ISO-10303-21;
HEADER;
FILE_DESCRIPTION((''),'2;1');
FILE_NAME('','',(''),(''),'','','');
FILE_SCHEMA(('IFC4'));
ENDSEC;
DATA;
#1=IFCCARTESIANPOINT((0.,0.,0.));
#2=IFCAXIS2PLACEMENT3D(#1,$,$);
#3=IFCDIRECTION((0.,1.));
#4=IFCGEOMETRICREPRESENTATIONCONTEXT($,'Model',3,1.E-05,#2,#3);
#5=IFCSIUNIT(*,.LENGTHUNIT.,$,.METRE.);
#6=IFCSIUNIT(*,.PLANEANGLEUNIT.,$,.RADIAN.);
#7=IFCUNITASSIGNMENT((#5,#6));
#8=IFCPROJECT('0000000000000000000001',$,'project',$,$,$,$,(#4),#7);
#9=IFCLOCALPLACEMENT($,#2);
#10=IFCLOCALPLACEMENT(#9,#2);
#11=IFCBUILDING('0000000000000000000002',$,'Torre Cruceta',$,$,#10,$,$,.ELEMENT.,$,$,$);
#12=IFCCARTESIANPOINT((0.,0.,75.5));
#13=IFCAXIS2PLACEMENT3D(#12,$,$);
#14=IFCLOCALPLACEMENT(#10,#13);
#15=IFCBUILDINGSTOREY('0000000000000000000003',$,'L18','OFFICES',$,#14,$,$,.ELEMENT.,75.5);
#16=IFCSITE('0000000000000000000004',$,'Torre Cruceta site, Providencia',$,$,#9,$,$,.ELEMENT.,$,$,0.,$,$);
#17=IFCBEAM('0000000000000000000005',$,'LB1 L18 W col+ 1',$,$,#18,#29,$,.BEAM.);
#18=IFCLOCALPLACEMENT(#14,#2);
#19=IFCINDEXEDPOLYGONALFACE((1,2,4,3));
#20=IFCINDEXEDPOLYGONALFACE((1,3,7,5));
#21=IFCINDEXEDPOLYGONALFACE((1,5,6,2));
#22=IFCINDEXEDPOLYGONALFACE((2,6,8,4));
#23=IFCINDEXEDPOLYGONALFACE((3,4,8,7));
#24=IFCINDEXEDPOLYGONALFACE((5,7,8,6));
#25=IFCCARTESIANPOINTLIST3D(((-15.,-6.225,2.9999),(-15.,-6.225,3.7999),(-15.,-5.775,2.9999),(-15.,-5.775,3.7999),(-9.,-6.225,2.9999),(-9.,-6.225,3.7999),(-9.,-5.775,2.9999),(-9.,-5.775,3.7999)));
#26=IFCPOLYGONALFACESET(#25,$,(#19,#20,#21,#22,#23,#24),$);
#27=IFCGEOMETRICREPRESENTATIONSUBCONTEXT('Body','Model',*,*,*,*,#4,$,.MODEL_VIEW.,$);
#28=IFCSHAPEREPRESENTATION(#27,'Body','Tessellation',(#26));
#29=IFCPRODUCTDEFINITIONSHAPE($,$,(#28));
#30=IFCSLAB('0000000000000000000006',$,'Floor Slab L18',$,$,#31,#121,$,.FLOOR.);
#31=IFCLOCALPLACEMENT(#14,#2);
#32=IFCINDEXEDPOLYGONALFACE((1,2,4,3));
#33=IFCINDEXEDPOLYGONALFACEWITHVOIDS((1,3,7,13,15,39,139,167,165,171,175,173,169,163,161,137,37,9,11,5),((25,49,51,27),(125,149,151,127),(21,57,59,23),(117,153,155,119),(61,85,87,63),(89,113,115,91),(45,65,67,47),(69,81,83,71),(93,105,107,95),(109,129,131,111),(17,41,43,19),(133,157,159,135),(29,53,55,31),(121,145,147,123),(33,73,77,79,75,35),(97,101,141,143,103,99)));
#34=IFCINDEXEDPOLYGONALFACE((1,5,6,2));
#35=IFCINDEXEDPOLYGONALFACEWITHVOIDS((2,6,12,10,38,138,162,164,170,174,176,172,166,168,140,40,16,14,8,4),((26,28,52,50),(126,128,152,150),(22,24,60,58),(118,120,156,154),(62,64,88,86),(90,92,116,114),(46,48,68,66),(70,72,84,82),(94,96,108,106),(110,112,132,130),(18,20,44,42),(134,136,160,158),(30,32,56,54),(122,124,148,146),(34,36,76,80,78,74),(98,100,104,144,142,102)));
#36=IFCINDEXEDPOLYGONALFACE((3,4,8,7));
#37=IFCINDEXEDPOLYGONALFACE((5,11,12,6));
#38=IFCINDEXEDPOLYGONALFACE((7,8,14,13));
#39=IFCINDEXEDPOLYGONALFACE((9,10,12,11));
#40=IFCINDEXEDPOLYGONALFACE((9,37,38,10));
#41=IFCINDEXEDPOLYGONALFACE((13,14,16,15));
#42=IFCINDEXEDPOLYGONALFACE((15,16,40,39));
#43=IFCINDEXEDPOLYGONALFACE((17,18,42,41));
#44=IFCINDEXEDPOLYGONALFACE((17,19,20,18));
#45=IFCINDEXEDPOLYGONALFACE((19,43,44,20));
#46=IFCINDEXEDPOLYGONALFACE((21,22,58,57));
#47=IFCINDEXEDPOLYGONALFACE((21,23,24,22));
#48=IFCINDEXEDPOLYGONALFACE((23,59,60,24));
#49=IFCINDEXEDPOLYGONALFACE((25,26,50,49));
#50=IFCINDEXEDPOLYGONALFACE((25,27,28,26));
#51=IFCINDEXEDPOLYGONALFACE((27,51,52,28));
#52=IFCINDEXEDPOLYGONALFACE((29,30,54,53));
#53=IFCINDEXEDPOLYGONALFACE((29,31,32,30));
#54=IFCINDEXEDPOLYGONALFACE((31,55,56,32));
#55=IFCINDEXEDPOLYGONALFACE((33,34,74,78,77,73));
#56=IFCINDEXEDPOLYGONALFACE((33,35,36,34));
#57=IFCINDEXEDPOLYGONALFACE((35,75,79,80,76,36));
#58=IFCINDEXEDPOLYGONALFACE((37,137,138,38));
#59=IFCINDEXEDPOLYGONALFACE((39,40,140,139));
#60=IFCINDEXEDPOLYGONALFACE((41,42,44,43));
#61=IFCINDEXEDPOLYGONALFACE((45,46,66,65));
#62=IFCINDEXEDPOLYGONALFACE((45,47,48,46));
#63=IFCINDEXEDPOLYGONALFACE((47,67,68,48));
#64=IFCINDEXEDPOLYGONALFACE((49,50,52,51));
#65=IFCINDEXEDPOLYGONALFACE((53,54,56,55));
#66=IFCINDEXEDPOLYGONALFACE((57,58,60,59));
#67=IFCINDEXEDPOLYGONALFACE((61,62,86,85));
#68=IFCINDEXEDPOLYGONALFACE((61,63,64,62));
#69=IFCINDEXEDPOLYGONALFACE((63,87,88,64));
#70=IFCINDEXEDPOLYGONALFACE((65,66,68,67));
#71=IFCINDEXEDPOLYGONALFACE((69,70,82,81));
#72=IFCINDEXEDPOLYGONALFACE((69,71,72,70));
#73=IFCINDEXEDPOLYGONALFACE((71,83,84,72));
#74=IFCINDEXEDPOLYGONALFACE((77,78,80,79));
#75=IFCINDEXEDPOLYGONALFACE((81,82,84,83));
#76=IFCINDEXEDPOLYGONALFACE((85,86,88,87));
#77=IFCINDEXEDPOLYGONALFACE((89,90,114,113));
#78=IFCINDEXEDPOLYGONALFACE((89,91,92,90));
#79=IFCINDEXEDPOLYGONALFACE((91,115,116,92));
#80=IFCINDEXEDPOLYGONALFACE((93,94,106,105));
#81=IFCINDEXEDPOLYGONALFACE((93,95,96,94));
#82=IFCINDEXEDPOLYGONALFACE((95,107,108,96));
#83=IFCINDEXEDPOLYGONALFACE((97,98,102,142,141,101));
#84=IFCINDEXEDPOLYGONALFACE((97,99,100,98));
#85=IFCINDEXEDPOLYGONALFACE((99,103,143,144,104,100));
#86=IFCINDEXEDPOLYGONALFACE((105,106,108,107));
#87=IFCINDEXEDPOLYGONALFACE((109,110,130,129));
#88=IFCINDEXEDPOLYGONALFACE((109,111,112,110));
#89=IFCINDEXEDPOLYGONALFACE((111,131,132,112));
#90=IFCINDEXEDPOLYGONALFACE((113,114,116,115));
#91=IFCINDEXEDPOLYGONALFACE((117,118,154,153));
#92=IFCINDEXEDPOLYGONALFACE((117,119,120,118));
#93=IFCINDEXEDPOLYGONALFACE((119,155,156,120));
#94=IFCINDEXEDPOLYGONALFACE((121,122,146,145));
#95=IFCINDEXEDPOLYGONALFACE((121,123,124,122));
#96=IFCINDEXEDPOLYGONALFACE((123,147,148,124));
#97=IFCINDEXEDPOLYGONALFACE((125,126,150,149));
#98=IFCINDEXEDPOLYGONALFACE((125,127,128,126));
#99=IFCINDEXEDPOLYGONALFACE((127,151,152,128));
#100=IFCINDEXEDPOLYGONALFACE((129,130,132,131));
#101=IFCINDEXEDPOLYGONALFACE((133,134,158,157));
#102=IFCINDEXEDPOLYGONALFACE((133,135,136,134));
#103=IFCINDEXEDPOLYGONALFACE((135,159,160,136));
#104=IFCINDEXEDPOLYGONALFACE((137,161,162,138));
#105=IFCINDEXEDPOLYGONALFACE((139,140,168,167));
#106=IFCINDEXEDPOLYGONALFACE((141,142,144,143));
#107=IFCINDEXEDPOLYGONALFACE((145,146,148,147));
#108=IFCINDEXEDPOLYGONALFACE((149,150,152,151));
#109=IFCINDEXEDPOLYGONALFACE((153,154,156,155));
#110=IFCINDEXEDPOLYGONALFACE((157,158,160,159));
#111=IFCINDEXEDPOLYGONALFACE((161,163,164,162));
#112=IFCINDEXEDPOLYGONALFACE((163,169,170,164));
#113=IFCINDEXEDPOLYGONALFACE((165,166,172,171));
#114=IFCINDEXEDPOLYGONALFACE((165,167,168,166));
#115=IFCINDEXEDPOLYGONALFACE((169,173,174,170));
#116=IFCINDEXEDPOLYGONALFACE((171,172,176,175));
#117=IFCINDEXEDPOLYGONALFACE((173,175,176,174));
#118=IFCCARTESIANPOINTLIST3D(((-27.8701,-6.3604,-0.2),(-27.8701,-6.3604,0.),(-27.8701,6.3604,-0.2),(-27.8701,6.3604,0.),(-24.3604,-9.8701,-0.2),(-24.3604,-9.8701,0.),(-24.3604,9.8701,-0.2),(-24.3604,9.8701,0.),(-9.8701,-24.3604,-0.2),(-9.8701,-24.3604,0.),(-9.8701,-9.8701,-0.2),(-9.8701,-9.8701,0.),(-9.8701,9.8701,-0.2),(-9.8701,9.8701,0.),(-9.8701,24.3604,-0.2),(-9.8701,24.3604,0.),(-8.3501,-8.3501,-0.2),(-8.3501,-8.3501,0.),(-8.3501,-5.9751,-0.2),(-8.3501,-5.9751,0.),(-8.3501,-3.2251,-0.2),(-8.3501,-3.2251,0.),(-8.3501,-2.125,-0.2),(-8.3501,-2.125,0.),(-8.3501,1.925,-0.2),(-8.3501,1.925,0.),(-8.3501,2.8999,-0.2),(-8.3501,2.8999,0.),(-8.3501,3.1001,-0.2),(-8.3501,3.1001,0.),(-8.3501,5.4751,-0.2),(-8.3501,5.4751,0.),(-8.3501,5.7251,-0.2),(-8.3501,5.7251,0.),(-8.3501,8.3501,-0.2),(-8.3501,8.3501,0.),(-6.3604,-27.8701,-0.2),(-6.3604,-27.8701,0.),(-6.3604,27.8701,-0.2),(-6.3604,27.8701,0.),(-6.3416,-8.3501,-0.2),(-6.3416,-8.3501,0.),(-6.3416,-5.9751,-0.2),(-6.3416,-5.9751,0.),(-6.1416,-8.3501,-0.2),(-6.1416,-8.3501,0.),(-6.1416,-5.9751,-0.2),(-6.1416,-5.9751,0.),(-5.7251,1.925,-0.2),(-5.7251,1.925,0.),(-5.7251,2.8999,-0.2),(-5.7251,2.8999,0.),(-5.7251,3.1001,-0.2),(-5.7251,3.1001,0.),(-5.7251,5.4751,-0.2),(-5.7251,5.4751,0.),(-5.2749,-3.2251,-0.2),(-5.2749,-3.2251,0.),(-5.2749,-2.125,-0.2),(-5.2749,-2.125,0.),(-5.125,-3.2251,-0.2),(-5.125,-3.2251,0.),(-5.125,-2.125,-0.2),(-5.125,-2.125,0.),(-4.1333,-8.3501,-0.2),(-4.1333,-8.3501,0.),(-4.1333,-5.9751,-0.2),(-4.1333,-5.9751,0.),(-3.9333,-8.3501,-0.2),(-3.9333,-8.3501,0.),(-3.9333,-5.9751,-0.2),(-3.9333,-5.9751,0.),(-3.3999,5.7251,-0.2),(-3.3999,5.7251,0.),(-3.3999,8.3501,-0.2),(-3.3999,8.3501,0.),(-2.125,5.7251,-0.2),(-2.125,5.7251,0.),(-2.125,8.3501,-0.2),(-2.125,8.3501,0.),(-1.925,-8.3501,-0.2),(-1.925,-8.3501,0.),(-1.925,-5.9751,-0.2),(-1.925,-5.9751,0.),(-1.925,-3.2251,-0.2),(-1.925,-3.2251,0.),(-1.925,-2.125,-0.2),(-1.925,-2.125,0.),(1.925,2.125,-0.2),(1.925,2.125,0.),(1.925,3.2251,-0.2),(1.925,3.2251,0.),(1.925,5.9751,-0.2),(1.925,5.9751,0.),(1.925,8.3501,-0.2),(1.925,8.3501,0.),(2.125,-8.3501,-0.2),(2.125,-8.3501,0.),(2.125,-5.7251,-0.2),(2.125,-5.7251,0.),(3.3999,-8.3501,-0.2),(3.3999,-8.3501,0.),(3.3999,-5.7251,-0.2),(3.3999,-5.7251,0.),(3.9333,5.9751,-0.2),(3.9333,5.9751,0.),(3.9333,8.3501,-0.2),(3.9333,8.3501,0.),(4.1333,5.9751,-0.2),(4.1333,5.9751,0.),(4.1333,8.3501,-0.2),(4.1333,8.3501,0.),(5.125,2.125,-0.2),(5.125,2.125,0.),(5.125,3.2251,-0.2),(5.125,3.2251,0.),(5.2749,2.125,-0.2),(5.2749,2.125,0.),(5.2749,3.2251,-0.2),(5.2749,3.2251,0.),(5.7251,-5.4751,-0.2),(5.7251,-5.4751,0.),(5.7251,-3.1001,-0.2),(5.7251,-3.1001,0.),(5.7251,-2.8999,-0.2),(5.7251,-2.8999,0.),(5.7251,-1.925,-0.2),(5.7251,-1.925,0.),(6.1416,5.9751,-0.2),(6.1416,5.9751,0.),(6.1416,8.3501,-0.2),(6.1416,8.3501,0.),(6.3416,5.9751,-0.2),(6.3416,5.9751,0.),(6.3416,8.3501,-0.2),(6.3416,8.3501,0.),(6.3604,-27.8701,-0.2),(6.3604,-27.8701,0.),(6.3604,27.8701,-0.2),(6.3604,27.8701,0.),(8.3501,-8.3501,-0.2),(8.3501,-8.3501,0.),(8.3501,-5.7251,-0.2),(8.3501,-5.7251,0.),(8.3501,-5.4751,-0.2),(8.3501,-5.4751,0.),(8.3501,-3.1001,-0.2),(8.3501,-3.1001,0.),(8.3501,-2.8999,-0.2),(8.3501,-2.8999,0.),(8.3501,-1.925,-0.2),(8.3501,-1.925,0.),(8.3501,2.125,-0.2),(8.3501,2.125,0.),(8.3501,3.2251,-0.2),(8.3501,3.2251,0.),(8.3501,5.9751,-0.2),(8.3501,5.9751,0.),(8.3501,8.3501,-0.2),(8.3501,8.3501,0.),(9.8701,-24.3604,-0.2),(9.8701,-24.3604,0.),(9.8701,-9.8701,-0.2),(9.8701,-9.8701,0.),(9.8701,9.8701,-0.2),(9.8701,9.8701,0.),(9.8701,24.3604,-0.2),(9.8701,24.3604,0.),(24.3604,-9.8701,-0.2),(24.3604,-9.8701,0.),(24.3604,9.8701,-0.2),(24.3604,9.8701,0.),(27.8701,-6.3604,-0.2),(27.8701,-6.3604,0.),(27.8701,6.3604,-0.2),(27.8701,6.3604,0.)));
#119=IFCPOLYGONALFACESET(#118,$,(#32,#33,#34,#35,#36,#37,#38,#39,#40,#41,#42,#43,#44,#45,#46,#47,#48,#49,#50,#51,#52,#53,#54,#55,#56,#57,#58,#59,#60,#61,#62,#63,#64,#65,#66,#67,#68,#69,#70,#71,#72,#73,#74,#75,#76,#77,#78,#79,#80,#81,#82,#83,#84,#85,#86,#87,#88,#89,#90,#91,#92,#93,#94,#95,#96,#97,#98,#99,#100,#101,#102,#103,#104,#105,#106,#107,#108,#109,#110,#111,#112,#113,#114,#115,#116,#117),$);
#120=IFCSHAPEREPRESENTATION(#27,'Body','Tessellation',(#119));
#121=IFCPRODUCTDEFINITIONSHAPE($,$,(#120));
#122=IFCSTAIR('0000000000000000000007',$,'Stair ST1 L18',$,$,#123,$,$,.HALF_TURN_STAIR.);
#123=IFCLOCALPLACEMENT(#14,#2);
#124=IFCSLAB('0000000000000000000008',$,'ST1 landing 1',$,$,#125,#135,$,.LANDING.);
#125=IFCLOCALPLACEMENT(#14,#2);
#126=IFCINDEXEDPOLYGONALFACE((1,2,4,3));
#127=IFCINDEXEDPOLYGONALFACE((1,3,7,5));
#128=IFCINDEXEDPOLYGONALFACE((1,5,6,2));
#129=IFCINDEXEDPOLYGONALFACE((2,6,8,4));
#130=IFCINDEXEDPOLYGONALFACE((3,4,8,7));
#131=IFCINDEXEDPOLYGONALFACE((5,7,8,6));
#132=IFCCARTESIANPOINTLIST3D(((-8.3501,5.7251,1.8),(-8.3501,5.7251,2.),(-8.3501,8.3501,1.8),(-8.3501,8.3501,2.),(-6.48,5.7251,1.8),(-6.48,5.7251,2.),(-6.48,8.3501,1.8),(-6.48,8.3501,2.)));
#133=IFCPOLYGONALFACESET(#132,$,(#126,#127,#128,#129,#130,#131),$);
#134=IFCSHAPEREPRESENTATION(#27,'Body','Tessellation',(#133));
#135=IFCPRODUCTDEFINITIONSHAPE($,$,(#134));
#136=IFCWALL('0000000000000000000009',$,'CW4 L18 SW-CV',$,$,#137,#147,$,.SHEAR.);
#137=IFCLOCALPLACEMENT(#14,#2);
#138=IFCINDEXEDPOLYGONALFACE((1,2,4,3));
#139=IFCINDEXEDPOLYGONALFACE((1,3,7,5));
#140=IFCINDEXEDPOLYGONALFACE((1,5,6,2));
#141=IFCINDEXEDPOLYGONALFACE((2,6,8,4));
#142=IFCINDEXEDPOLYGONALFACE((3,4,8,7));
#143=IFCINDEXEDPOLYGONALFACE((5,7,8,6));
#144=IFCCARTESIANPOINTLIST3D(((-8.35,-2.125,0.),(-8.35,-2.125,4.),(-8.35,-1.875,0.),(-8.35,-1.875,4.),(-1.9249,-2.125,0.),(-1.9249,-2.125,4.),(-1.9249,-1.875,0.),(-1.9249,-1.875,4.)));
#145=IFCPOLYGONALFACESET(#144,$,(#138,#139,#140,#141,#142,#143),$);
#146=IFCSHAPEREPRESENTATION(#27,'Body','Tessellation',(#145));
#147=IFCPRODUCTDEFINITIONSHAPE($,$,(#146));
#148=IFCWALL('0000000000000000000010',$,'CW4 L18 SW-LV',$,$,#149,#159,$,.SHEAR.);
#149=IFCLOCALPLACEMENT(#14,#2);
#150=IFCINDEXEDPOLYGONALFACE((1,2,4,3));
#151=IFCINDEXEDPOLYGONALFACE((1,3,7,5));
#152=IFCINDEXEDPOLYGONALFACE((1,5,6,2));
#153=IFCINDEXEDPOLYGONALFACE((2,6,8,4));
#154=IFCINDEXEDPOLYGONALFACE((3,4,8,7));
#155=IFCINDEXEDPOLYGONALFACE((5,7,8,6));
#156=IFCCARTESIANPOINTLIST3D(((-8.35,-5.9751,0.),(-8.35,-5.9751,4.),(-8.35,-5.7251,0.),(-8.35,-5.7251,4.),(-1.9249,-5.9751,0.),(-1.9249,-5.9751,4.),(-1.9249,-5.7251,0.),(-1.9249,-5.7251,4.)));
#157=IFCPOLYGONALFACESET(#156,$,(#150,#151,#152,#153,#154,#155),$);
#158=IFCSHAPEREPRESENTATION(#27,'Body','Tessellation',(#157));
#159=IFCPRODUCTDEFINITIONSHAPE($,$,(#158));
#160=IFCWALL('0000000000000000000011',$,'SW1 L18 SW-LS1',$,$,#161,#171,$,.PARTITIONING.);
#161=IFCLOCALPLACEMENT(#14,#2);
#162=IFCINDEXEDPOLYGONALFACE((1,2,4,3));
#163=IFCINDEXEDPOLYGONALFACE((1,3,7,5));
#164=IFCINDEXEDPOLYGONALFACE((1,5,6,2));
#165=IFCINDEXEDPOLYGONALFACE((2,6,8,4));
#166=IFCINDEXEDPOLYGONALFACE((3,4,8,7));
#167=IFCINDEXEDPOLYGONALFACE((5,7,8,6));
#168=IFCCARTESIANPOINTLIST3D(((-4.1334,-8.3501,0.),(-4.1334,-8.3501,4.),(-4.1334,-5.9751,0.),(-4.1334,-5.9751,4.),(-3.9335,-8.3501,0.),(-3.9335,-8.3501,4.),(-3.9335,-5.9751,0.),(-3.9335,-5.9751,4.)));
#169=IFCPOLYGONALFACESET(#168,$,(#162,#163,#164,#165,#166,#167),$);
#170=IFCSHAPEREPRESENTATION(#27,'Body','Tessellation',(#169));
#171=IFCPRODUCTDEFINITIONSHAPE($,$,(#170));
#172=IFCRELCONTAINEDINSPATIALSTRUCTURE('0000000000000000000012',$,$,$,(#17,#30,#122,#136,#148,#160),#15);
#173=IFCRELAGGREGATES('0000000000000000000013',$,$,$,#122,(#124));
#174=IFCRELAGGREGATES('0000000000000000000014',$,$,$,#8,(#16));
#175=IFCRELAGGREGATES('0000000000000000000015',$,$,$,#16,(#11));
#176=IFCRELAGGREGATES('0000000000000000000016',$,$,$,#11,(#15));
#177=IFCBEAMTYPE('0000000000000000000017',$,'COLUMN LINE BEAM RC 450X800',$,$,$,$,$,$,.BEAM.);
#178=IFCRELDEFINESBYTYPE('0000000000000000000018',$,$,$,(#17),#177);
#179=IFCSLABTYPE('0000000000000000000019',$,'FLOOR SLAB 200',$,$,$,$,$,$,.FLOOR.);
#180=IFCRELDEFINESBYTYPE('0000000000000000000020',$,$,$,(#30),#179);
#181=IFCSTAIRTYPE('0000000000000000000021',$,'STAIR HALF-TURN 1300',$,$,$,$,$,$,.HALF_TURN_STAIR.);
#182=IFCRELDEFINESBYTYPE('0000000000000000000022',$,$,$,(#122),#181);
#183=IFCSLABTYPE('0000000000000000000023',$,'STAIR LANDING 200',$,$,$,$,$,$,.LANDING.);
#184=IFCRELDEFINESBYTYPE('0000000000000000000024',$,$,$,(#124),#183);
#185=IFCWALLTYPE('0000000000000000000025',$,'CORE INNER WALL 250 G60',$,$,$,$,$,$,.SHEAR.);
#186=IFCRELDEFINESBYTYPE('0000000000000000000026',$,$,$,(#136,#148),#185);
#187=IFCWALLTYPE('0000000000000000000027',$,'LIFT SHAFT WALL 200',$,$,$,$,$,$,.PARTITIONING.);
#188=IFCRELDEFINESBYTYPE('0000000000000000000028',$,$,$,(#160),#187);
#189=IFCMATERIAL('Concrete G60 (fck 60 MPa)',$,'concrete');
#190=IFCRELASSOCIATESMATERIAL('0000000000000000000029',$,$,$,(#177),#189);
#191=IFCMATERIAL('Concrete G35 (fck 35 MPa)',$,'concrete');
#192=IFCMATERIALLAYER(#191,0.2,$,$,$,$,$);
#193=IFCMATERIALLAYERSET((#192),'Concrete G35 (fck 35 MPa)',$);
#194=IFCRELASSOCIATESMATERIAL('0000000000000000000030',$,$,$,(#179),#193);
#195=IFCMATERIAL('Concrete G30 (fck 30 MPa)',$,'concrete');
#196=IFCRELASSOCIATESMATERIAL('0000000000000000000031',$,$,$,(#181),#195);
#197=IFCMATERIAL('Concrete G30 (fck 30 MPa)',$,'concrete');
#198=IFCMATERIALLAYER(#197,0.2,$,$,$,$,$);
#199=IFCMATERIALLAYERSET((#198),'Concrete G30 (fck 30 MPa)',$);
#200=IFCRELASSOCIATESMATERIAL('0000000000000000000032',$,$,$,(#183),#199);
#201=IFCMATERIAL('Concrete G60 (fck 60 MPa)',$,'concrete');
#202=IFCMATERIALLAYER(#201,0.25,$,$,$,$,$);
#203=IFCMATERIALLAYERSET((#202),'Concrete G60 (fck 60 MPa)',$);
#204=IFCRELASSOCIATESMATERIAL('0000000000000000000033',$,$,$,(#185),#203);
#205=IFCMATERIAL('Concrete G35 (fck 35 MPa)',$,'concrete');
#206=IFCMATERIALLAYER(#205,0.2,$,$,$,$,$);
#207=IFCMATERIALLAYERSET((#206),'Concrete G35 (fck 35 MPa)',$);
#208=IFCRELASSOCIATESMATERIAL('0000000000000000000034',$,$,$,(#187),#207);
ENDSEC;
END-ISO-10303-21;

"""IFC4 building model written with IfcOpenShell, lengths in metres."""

from ifc_helpers import new_model, si_unit, direction, frame, frame_2d, origin, origin_2d, place, context, subcontext, project, spatial, polyline, rectangle, outline, extrude, material, layer, layer_set, material_profile, profile_set, type_object, element, aggregate, save


model = new_model("IFC4")

# Units and contexts
model_context = context("Model", 3, precision=1e-05, world=origin(), true_north=direction((0.0, 1.0)))
body_context = subcontext(model_context, "Body", "Model", "MODEL_VIEW")
ifc_project = project(units=[si_unit("LENGTHUNIT", "METRE"), si_unit("PLANEANGLEUNIT", "RADIAN")], contexts=[model_context])

# Site, building, storey
site_placement = place(None, origin())
site = spatial("IfcSite", under=ifc_project, at=site_placement, Name="Torre Cruceta site, Providencia", CompositionType="ELEMENT", RefElevation=0.0)
building_placement = place(site_placement, origin())
building = spatial("IfcBuilding", under=site, at=building_placement, Name="Torre Cruceta", CompositionType="ELEMENT")
storey_placement = place(building_placement, frame((0.0, 0.0, 75.5)))
storey = spatial("IfcBuildingStorey", under=building, at=storey_placement, Name="L18", Description="OFFICES", CompositionType="ELEMENT", Elevation=75.5)

# Beam
ifc_material_1 = material(Name="Concrete G60 (fck 60 MPa)", Category="concrete")
ifc_material_profile = material_profile(ifc_material_1, rectangle(XDim=0.45, YDim=0.8, at=origin_2d()), Name="RC 450X800")
ifc_profile_set = profile_set([ifc_material_profile], Name="Concrete G60 (fck 60 MPa)")
beam_type = type_object("IfcBeamType", Name="COLUMN LINE BEAM RC 450X800", PredefinedType="BEAM", material=ifc_profile_set)
beam_placement = place(storey_placement, frame((-9.0, -6.0, 3.3999), z_axis=(-1.0, 0.0, 0.0), x_axis=(0.0, -1.0, 0.0)))
element("IfcBeam", 1, at=beam_placement, inside=storey, type_object=beam_type, Name="LB1 L18 W col+ 1", PredefinedType="BEAM", context=body_context, shape_type="SweptSolid", body=[
    extrude(rectangle(XDim=0.45, YDim=0.8, at=origin_2d()), origin(), (0.0, 0.0, 1.0), 6.0),
])

# Slab
ifc_material_2 = material(Name="Concrete G35 (fck 35 MPa)", Category="concrete")
ifc_layer_1 = layer(ifc_material_2, 0.2)
ifc_layer_set_1 = layer_set([ifc_layer_1], Name="Concrete G35 (fck 35 MPa)")
slab_type_1 = type_object("IfcSlabType", Name="FLOOR SLAB 200", PredefinedType="FLOOR", material=ifc_layer_set_1)
slab_1_placement = place(storey_placement, frame((0.0, 0.0, -0.2)))
element("IfcSlab", 2, at=slab_1_placement, inside=storey, type_object=slab_type_1, Name="Floor Slab L18", PredefinedType="FLOOR", context=body_context, shape_type="SweptSolid", body=[
    extrude(outline(polyline([(9.8701, -9.8701), (9.8701, -24.3604), (6.3604, -27.8701), (-6.3604, -27.8701), (-9.8701, -24.3604), (-9.8701, -9.8701), (-24.3604, -9.8701), (-27.8701, -6.3604), (-27.8701, 6.3604), (-24.3604, 9.8701), (-9.8701, 9.8701), (-9.8701, 24.3604), (-6.3604, 27.8701), (6.3604, 27.8701), (9.8701, 24.3604), (9.8701, 9.8701), (24.3604, 9.8701), (27.8701, 6.3604), (27.8701, -6.3604), (24.3604, -9.8701), (9.8701, -9.8701)]), holes=[polyline([(1.925, 5.9751), (3.9333, 5.9751), (3.9333, 8.3501), (1.925, 8.3501), (1.925, 5.9751)]), polyline([(4.1333, 5.9751), (6.1416, 5.9751), (6.1416, 8.3501), (4.1333, 8.3501), (4.1333, 5.9751)]), polyline([(6.3416, 5.9751), (8.3501, 5.9751), (8.3501, 8.3501), (6.3416, 8.3501), (6.3416, 5.9751)]), polyline([(1.925, 2.125), (5.125, 2.125), (5.125, 3.2251), (1.925, 3.2251), (1.925, 2.125)]), polyline([(5.2749, 2.125), (8.3501, 2.125), (8.3501, 3.2251), (5.2749, 3.2251), (5.2749, 2.125)]), polyline([(-8.3501, 3.1001), (-5.7251, 3.1001), (-5.7251, 5.4751), (-8.3501, 5.4751), (-8.3501, 3.1001)]), polyline([(-8.3501, 1.925), (-5.7251, 1.925), (-5.7251, 2.8999), (-8.3501, 2.8999), (-8.3501, 1.925)]), polyline([(-3.9333, -8.3501), (-1.925, -8.3501), (-1.925, -5.9751), (-3.9333, -5.9751), (-3.9333, -8.3501)]), polyline([(-6.1416, -8.3501), (-4.1333, -8.3501), (-4.1333, -5.9751), (-6.1416, -5.9751), (-6.1416, -8.3501)]), polyline([(-8.3501, -8.3501), (-6.3416, -8.3501), (-6.3416, -5.9751), (-8.3501, -5.9751), (-8.3501, -8.3501)]), polyline([(-5.125, -3.2251), (-1.925, -3.2251), (-1.925, -2.125), (-5.125, -2.125), (-5.125, -3.2251)]), polyline([(-8.3501, -3.2251), (-5.2749, -3.2251), (-5.2749, -2.125), (-8.3501, -2.125), (-8.3501, -3.2251)]), polyline([(5.7251, -5.4751), (8.3501, -5.4751), (8.3501, -3.1001), (5.7251, -3.1001), (5.7251, -5.4751)]), polyline([(5.7251, -2.8999), (8.3501, -2.8999), (8.3501, -1.925), (5.7251, -1.925), (5.7251, -2.8999)]), polyline([(-8.3501, 5.7251), (-8.3501, 8.3501), (-3.3999, 8.3501), (-2.125, 8.3501), (-2.125, 5.7251), (-3.3999, 5.7251), (-8.3501, 5.7251)]), polyline([(2.125, -5.7251), (3.3999, -5.7251), (8.3501, -5.7251), (8.3501, -8.3501), (3.3999, -8.3501), (2.125, -8.3501), (2.125, -5.7251)])]), origin(), (0.0, 0.0, 1.0), 0.2),
])

# Stair, slab
ifc_material_3 = material(Name="Concrete G30 (fck 30 MPa)", Category="concrete")
stair_type = type_object("IfcStairType", Name="STAIR HALF-TURN 1300", PredefinedType="HALF_TURN_STAIR", material=ifc_material_3)
stair_placement = place(storey_placement, origin())
stair = element("IfcStair", 3, at=stair_placement, inside=storey, type_object=stair_type, Name="Stair ST1 L18", PredefinedType="HALF_TURN_STAIR")
ifc_material_4 = material(Name="Concrete G30 (fck 30 MPa)", Category="concrete")
ifc_layer_2 = layer(ifc_material_4, 0.2)
ifc_layer_set_2 = layer_set([ifc_layer_2], Name="Concrete G30 (fck 30 MPa)")
slab_type_2 = type_object("IfcSlabType", Name="STAIR LANDING 200", PredefinedType="LANDING", material=ifc_layer_set_2)
slab_2_placement = place(storey_placement, frame((0.0, 0.0, 1.8)))
slab_2 = element("IfcSlab", 4, at=slab_2_placement, type_object=slab_type_2, Name="ST1 landing 1", PredefinedType="LANDING", context=body_context, shape_type="SweptSolid", body=[
    extrude(outline(polyline([(-8.3501, 5.7251), (-6.48, 5.7251), (-6.48, 8.3501), (-8.3501, 8.3501), (-8.3501, 5.7251)])), origin(), (0.0, 0.0, 1.0), 0.2),
])
aggregate(stair, [slab_2])

# Shared definitions
ifc_material_5 = material(Name="Concrete G60 (fck 60 MPa)", Category="concrete")
ifc_layer_3 = layer(ifc_material_5, 0.25)
ifc_layer_set_3 = layer_set([ifc_layer_3], Name="Concrete G60 (fck 60 MPa)")
wall_type_1 = type_object("IfcWallType", Name="CORE INNER WALL 250 G60", PredefinedType="SHEAR", material=ifc_layer_set_3)

# Walls
for number, where, z_axis, x_axis, name in (
    (5, (-1.925, -2.0, 0.0), (0.0, 0.0, 1.0), (-1.0, 0.0, 0.0), "CW4 L18 SW-CV"),
    (6, (-1.925, -5.8501, 0.0), (0.0, 0.0, 1.0), (-1.0, 0.0, 0.0), "CW4 L18 SW-LV"),
):
    element("IfcWall", number, at=place(storey_placement, frame(where, z_axis=z_axis, x_axis=x_axis)), inside=storey, type_object=wall_type_1, Name=name, PredefinedType="SHEAR", context=body_context, shape_type="SweptSolid", body=[
        extrude(rectangle(XDim=6.425, YDim=0.25, at=frame_2d((3.2124, 0.0))), origin(), (0.0, 0.0, 1.0), 4.0),
    ])
ifc_material_6 = material(Name="Concrete G35 (fck 35 MPa)", Category="concrete")
ifc_layer_4 = layer(ifc_material_6, 0.2)
ifc_layer_set_4 = layer_set([ifc_layer_4], Name="Concrete G35 (fck 35 MPa)")
wall_type_2 = type_object("IfcWallType", Name="LIFT SHAFT WALL 200", PredefinedType="PARTITIONING", material=ifc_layer_set_4)
for number, where, z_axis, x_axis, name in (
    (7, (-4.0334, -5.9751, 0.0), (0.0, 0.0, 1.0), (0.0, -1.0, 0.0), "SW1 L18 SW-LS1"),
):
    element("IfcWall", number, at=place(storey_placement, frame(where, z_axis=z_axis, x_axis=x_axis)), inside=storey, type_object=wall_type_2, Name=name, PredefinedType="PARTITIONING", context=body_context, shape_type="SweptSolid", body=[
        extrude(rectangle(XDim=2.375, YDim=0.2, at=frame_2d((1.1875, 0.0))), origin(), (0.0, 0.0, 1.0), 4.0),
    ])

save(model, "model.ifc")
